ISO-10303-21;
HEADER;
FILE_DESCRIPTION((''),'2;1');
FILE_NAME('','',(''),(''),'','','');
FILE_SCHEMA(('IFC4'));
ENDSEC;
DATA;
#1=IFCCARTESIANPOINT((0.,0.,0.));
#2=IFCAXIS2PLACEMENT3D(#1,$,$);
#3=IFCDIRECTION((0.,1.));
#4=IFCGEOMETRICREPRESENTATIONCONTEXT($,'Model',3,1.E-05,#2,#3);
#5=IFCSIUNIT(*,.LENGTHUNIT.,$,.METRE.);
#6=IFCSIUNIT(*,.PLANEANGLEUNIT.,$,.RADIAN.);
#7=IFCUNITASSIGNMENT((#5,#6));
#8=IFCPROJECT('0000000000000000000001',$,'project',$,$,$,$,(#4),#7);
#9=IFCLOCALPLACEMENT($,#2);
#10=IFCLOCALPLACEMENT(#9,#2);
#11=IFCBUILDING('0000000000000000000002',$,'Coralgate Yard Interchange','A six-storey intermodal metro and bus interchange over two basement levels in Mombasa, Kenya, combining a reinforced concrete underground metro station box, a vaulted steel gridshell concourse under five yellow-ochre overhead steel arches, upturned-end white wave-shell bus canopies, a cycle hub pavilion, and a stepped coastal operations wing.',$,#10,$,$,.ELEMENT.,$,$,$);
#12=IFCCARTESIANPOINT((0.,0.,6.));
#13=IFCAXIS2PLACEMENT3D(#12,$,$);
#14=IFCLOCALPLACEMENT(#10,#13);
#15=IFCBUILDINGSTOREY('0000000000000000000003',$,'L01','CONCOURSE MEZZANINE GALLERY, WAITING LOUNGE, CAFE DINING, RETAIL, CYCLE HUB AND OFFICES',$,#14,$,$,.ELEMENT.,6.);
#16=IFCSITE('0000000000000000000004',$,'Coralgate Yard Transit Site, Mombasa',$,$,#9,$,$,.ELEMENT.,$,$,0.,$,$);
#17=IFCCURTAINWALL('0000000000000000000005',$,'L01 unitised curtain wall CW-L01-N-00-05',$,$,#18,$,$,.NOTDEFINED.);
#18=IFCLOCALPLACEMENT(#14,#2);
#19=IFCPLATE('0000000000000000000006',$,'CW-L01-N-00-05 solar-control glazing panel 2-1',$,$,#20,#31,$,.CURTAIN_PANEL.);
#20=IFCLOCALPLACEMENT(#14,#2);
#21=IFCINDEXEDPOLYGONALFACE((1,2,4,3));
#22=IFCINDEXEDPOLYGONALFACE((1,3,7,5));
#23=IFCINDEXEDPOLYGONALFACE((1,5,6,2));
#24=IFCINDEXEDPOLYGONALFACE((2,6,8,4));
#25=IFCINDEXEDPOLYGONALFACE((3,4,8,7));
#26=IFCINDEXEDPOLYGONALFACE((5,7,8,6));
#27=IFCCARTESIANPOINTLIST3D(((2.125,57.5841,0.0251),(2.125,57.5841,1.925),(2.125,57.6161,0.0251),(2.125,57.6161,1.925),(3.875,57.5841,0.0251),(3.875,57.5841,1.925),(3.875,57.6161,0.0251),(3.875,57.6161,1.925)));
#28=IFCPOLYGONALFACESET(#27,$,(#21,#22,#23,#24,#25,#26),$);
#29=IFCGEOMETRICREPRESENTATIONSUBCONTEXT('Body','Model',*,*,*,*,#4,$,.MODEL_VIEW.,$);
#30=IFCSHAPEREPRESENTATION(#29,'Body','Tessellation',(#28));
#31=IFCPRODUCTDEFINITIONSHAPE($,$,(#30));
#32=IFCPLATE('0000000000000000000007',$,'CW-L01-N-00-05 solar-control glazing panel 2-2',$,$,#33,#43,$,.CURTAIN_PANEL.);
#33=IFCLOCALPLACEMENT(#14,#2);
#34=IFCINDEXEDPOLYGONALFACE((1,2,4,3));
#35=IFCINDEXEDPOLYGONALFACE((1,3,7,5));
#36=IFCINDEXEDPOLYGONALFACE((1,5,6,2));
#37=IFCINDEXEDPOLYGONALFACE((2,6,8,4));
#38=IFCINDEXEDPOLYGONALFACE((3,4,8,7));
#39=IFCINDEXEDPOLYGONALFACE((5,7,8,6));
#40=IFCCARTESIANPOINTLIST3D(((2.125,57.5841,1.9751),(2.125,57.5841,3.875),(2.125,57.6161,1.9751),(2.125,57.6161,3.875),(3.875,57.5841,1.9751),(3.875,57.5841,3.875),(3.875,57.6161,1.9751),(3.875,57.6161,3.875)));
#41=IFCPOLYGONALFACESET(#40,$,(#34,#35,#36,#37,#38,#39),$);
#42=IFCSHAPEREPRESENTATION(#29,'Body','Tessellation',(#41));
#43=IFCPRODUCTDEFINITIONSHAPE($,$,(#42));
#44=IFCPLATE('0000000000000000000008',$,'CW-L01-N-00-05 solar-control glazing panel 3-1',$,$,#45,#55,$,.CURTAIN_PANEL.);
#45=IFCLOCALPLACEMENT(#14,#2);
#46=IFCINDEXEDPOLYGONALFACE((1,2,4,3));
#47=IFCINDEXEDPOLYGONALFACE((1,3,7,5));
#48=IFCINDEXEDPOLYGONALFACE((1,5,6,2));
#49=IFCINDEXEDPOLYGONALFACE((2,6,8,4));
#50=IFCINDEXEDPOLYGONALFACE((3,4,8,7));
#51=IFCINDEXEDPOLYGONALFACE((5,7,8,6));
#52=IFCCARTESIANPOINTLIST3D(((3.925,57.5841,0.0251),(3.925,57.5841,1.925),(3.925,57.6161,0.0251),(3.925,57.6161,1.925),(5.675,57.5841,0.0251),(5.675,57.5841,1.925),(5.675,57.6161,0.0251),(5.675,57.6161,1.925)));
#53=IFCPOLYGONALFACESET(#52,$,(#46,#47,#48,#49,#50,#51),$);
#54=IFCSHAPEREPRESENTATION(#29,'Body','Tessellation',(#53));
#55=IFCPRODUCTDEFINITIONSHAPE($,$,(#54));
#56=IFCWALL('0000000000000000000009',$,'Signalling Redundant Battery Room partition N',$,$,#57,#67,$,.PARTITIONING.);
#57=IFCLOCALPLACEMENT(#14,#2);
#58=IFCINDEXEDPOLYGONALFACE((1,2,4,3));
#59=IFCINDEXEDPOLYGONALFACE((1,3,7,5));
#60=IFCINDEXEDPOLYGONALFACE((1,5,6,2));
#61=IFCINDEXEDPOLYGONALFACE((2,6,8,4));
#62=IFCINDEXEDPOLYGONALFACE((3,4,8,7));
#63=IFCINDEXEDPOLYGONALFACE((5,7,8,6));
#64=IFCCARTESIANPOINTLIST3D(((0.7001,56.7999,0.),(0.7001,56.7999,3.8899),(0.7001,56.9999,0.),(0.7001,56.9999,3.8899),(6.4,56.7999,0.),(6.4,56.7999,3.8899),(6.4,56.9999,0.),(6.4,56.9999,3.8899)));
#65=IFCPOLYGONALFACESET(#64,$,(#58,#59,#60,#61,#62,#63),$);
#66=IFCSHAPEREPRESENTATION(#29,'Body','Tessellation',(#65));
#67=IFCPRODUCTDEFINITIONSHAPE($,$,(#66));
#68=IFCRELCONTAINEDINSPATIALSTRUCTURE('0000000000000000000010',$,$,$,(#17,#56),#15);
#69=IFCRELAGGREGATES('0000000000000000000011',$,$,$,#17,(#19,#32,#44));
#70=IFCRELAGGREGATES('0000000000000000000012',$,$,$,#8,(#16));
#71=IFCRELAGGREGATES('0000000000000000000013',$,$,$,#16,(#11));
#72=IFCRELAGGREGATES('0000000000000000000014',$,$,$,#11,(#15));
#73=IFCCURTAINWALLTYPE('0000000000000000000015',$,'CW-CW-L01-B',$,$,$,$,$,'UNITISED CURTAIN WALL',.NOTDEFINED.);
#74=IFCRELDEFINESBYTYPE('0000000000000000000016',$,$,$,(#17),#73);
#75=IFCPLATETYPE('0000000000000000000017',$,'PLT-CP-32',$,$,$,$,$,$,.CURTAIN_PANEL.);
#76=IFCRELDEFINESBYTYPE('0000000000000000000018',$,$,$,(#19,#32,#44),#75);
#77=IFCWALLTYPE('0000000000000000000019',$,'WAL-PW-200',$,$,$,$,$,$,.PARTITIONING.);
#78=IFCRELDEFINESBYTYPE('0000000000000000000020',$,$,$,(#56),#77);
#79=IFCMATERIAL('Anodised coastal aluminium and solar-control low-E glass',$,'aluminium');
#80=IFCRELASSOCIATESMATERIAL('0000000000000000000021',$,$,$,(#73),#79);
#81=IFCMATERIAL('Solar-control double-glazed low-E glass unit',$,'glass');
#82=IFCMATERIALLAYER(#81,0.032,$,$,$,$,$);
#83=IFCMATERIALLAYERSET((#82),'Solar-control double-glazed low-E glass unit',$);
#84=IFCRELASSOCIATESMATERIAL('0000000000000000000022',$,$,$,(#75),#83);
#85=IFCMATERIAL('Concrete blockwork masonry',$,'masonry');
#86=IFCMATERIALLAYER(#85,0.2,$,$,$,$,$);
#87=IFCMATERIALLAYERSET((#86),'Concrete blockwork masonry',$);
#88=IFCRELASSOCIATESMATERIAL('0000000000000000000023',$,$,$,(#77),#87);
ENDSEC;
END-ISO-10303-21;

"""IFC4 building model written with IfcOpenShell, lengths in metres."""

from ifc_helpers import new_model, si_unit, direction, frame, frame_2d, origin, origin_2d, place, context, subcontext, project, spatial, rectangle, extrude, material, layer, layer_set, type_object, element, aggregate, save


model = new_model("IFC4")

# Units and contexts
model_context = context("Model", 3, precision=1e-05, world=origin(), true_north=direction((0.0, 1.0)))
body_context = subcontext(model_context, "Body", "Model", "MODEL_VIEW")
ifc_project = project(units=[si_unit("LENGTHUNIT", "METRE"), si_unit("PLANEANGLEUNIT", "RADIAN")], contexts=[model_context])

# Site, building, storey
site_placement = place(None, origin())
site = spatial("IfcSite", under=ifc_project, at=site_placement, Name="Coralgate Yard Transit Site, Mombasa", CompositionType="ELEMENT", RefElevation=0.0)
building_placement = place(site_placement, origin())
building = spatial("IfcBuilding", under=site, at=building_placement, Name="Coralgate Yard Interchange", Description="A six-storey intermodal metro and bus interchange over two basement levels in Mombasa, Kenya, combining a reinforced concrete underground metro station box, a vaulted steel gridshell concourse under five yellow-ochre overhead steel arches, upturned-end white wave-shell bus canopies, a cycle hub pavilion, and a stepped coastal operations wing.", CompositionType="ELEMENT")
storey_placement = place(building_placement, frame((0.0, 0.0, 6.0)))
storey = spatial("IfcBuildingStorey", under=building, at=storey_placement, Name="L01", Description="CONCOURSE MEZZANINE GALLERY, WAITING LOUNGE, CAFE DINING, RETAIL, CYCLE HUB AND OFFICES", CompositionType="ELEMENT", Elevation=6.0)

# Curtain wall
ifc_material_1 = material(Name="Anodised coastal aluminium and solar-control low-E glass", Category="aluminium")
curtain_wall_type_1 = type_object("IfcCurtainWallType", Name="CW-CW-L01-B", ElementType="UNITISED CURTAIN WALL", PredefinedType="NOTDEFINED", material=ifc_material_1)
curtain_wall_1_placement = place(storey_placement, origin())
curtain_wall_1 = element("IfcCurtainWall", 1, at=curtain_wall_1_placement, inside=storey, type_object=curtain_wall_type_1, Name="L01 unitised curtain wall CW-L01-N-00-05", PredefinedType="NOTDEFINED")

# Plates
ifc_material_2 = material(Name="Solar-control double-glazed low-E glass unit", Category="glass")
ifc_layer_1 = layer(ifc_material_2, 0.032)
ifc_layer_set_1 = layer_set([ifc_layer_1], Name="Solar-control double-glazed low-E glass unit")
plate_type = type_object("IfcPlateType", Name="PLT-CP-32", PredefinedType="CURTAIN_PANEL", material=ifc_layer_set_1)
plate_1_placement = place(storey_placement, frame((3.0, 57.6001, 0.0251), z_axis=(0.0, 0.0, 1.0), x_axis=(1.0, 0.0, 0.0)))
plate_1 = element("IfcPlate", 2, at=plate_1_placement, type_object=plate_type, Name="CW-L01-N-00-05 solar-control glazing panel 2-1", PredefinedType="CURTAIN_PANEL", context=body_context, shape_type="SweptSolid", body=[
    extrude(rectangle(XDim=1.75, YDim=0.032, at=origin_2d()), origin(), (0.0, 0.0, 1.0), 1.8999),
])
plate_2_placement = place(storey_placement, frame((3.0, 57.6001, 1.9751), z_axis=(0.0, 0.0, 1.0), x_axis=(1.0, 0.0, 0.0)))
plate_2 = element("IfcPlate", 3, at=plate_2_placement, type_object=plate_type, Name="CW-L01-N-00-05 solar-control glazing panel 2-2", PredefinedType="CURTAIN_PANEL", context=body_context, shape_type="SweptSolid", body=[
    extrude(rectangle(XDim=1.75, YDim=0.032, at=origin_2d()), origin(), (0.0, 0.0, 1.0), 1.8999),
])
plate_3_placement = place(storey_placement, frame((4.8, 57.6001, 0.0251), z_axis=(0.0, 0.0, 1.0), x_axis=(1.0, 0.0, 0.0)))
plate_3 = element("IfcPlate", 4, at=plate_3_placement, type_object=plate_type, Name="CW-L01-N-00-05 solar-control glazing panel 3-1", PredefinedType="CURTAIN_PANEL", context=body_context, shape_type="SweptSolid", body=[
    extrude(rectangle(XDim=1.75, YDim=0.032, at=origin_2d()), origin(), (0.0, 0.0, 1.0), 1.8999),
])
aggregate(curtain_wall_1, [plate_1, plate_2, plate_3])

# Wall
ifc_material_3 = material(Name="Concrete blockwork masonry", Category="masonry")
ifc_layer_2 = layer(ifc_material_3, 0.2)
ifc_layer_set_2 = layer_set([ifc_layer_2], Name="Concrete blockwork masonry")
wall_type = type_object("IfcWallType", Name="WAL-PW-200", PredefinedType="PARTITIONING", material=ifc_layer_set_2)
wall_placement = place(storey_placement, frame((0.7, 56.8999, 0.0), z_axis=(0.0, 0.0, 1.0), x_axis=(1.0, 0.0, 0.0)))
element("IfcWall", 5, at=wall_placement, inside=storey, type_object=wall_type, Name="Signalling Redundant Battery Room partition N", PredefinedType="PARTITIONING", context=body_context, shape_type="SweptSolid", body=[
    extrude(rectangle(XDim=5.7, YDim=0.2, at=frame_2d((2.8501, 0.0))), origin(), (0.0, 0.0, 1.0), 3.8899),
])

save(model, "model.ifc")
